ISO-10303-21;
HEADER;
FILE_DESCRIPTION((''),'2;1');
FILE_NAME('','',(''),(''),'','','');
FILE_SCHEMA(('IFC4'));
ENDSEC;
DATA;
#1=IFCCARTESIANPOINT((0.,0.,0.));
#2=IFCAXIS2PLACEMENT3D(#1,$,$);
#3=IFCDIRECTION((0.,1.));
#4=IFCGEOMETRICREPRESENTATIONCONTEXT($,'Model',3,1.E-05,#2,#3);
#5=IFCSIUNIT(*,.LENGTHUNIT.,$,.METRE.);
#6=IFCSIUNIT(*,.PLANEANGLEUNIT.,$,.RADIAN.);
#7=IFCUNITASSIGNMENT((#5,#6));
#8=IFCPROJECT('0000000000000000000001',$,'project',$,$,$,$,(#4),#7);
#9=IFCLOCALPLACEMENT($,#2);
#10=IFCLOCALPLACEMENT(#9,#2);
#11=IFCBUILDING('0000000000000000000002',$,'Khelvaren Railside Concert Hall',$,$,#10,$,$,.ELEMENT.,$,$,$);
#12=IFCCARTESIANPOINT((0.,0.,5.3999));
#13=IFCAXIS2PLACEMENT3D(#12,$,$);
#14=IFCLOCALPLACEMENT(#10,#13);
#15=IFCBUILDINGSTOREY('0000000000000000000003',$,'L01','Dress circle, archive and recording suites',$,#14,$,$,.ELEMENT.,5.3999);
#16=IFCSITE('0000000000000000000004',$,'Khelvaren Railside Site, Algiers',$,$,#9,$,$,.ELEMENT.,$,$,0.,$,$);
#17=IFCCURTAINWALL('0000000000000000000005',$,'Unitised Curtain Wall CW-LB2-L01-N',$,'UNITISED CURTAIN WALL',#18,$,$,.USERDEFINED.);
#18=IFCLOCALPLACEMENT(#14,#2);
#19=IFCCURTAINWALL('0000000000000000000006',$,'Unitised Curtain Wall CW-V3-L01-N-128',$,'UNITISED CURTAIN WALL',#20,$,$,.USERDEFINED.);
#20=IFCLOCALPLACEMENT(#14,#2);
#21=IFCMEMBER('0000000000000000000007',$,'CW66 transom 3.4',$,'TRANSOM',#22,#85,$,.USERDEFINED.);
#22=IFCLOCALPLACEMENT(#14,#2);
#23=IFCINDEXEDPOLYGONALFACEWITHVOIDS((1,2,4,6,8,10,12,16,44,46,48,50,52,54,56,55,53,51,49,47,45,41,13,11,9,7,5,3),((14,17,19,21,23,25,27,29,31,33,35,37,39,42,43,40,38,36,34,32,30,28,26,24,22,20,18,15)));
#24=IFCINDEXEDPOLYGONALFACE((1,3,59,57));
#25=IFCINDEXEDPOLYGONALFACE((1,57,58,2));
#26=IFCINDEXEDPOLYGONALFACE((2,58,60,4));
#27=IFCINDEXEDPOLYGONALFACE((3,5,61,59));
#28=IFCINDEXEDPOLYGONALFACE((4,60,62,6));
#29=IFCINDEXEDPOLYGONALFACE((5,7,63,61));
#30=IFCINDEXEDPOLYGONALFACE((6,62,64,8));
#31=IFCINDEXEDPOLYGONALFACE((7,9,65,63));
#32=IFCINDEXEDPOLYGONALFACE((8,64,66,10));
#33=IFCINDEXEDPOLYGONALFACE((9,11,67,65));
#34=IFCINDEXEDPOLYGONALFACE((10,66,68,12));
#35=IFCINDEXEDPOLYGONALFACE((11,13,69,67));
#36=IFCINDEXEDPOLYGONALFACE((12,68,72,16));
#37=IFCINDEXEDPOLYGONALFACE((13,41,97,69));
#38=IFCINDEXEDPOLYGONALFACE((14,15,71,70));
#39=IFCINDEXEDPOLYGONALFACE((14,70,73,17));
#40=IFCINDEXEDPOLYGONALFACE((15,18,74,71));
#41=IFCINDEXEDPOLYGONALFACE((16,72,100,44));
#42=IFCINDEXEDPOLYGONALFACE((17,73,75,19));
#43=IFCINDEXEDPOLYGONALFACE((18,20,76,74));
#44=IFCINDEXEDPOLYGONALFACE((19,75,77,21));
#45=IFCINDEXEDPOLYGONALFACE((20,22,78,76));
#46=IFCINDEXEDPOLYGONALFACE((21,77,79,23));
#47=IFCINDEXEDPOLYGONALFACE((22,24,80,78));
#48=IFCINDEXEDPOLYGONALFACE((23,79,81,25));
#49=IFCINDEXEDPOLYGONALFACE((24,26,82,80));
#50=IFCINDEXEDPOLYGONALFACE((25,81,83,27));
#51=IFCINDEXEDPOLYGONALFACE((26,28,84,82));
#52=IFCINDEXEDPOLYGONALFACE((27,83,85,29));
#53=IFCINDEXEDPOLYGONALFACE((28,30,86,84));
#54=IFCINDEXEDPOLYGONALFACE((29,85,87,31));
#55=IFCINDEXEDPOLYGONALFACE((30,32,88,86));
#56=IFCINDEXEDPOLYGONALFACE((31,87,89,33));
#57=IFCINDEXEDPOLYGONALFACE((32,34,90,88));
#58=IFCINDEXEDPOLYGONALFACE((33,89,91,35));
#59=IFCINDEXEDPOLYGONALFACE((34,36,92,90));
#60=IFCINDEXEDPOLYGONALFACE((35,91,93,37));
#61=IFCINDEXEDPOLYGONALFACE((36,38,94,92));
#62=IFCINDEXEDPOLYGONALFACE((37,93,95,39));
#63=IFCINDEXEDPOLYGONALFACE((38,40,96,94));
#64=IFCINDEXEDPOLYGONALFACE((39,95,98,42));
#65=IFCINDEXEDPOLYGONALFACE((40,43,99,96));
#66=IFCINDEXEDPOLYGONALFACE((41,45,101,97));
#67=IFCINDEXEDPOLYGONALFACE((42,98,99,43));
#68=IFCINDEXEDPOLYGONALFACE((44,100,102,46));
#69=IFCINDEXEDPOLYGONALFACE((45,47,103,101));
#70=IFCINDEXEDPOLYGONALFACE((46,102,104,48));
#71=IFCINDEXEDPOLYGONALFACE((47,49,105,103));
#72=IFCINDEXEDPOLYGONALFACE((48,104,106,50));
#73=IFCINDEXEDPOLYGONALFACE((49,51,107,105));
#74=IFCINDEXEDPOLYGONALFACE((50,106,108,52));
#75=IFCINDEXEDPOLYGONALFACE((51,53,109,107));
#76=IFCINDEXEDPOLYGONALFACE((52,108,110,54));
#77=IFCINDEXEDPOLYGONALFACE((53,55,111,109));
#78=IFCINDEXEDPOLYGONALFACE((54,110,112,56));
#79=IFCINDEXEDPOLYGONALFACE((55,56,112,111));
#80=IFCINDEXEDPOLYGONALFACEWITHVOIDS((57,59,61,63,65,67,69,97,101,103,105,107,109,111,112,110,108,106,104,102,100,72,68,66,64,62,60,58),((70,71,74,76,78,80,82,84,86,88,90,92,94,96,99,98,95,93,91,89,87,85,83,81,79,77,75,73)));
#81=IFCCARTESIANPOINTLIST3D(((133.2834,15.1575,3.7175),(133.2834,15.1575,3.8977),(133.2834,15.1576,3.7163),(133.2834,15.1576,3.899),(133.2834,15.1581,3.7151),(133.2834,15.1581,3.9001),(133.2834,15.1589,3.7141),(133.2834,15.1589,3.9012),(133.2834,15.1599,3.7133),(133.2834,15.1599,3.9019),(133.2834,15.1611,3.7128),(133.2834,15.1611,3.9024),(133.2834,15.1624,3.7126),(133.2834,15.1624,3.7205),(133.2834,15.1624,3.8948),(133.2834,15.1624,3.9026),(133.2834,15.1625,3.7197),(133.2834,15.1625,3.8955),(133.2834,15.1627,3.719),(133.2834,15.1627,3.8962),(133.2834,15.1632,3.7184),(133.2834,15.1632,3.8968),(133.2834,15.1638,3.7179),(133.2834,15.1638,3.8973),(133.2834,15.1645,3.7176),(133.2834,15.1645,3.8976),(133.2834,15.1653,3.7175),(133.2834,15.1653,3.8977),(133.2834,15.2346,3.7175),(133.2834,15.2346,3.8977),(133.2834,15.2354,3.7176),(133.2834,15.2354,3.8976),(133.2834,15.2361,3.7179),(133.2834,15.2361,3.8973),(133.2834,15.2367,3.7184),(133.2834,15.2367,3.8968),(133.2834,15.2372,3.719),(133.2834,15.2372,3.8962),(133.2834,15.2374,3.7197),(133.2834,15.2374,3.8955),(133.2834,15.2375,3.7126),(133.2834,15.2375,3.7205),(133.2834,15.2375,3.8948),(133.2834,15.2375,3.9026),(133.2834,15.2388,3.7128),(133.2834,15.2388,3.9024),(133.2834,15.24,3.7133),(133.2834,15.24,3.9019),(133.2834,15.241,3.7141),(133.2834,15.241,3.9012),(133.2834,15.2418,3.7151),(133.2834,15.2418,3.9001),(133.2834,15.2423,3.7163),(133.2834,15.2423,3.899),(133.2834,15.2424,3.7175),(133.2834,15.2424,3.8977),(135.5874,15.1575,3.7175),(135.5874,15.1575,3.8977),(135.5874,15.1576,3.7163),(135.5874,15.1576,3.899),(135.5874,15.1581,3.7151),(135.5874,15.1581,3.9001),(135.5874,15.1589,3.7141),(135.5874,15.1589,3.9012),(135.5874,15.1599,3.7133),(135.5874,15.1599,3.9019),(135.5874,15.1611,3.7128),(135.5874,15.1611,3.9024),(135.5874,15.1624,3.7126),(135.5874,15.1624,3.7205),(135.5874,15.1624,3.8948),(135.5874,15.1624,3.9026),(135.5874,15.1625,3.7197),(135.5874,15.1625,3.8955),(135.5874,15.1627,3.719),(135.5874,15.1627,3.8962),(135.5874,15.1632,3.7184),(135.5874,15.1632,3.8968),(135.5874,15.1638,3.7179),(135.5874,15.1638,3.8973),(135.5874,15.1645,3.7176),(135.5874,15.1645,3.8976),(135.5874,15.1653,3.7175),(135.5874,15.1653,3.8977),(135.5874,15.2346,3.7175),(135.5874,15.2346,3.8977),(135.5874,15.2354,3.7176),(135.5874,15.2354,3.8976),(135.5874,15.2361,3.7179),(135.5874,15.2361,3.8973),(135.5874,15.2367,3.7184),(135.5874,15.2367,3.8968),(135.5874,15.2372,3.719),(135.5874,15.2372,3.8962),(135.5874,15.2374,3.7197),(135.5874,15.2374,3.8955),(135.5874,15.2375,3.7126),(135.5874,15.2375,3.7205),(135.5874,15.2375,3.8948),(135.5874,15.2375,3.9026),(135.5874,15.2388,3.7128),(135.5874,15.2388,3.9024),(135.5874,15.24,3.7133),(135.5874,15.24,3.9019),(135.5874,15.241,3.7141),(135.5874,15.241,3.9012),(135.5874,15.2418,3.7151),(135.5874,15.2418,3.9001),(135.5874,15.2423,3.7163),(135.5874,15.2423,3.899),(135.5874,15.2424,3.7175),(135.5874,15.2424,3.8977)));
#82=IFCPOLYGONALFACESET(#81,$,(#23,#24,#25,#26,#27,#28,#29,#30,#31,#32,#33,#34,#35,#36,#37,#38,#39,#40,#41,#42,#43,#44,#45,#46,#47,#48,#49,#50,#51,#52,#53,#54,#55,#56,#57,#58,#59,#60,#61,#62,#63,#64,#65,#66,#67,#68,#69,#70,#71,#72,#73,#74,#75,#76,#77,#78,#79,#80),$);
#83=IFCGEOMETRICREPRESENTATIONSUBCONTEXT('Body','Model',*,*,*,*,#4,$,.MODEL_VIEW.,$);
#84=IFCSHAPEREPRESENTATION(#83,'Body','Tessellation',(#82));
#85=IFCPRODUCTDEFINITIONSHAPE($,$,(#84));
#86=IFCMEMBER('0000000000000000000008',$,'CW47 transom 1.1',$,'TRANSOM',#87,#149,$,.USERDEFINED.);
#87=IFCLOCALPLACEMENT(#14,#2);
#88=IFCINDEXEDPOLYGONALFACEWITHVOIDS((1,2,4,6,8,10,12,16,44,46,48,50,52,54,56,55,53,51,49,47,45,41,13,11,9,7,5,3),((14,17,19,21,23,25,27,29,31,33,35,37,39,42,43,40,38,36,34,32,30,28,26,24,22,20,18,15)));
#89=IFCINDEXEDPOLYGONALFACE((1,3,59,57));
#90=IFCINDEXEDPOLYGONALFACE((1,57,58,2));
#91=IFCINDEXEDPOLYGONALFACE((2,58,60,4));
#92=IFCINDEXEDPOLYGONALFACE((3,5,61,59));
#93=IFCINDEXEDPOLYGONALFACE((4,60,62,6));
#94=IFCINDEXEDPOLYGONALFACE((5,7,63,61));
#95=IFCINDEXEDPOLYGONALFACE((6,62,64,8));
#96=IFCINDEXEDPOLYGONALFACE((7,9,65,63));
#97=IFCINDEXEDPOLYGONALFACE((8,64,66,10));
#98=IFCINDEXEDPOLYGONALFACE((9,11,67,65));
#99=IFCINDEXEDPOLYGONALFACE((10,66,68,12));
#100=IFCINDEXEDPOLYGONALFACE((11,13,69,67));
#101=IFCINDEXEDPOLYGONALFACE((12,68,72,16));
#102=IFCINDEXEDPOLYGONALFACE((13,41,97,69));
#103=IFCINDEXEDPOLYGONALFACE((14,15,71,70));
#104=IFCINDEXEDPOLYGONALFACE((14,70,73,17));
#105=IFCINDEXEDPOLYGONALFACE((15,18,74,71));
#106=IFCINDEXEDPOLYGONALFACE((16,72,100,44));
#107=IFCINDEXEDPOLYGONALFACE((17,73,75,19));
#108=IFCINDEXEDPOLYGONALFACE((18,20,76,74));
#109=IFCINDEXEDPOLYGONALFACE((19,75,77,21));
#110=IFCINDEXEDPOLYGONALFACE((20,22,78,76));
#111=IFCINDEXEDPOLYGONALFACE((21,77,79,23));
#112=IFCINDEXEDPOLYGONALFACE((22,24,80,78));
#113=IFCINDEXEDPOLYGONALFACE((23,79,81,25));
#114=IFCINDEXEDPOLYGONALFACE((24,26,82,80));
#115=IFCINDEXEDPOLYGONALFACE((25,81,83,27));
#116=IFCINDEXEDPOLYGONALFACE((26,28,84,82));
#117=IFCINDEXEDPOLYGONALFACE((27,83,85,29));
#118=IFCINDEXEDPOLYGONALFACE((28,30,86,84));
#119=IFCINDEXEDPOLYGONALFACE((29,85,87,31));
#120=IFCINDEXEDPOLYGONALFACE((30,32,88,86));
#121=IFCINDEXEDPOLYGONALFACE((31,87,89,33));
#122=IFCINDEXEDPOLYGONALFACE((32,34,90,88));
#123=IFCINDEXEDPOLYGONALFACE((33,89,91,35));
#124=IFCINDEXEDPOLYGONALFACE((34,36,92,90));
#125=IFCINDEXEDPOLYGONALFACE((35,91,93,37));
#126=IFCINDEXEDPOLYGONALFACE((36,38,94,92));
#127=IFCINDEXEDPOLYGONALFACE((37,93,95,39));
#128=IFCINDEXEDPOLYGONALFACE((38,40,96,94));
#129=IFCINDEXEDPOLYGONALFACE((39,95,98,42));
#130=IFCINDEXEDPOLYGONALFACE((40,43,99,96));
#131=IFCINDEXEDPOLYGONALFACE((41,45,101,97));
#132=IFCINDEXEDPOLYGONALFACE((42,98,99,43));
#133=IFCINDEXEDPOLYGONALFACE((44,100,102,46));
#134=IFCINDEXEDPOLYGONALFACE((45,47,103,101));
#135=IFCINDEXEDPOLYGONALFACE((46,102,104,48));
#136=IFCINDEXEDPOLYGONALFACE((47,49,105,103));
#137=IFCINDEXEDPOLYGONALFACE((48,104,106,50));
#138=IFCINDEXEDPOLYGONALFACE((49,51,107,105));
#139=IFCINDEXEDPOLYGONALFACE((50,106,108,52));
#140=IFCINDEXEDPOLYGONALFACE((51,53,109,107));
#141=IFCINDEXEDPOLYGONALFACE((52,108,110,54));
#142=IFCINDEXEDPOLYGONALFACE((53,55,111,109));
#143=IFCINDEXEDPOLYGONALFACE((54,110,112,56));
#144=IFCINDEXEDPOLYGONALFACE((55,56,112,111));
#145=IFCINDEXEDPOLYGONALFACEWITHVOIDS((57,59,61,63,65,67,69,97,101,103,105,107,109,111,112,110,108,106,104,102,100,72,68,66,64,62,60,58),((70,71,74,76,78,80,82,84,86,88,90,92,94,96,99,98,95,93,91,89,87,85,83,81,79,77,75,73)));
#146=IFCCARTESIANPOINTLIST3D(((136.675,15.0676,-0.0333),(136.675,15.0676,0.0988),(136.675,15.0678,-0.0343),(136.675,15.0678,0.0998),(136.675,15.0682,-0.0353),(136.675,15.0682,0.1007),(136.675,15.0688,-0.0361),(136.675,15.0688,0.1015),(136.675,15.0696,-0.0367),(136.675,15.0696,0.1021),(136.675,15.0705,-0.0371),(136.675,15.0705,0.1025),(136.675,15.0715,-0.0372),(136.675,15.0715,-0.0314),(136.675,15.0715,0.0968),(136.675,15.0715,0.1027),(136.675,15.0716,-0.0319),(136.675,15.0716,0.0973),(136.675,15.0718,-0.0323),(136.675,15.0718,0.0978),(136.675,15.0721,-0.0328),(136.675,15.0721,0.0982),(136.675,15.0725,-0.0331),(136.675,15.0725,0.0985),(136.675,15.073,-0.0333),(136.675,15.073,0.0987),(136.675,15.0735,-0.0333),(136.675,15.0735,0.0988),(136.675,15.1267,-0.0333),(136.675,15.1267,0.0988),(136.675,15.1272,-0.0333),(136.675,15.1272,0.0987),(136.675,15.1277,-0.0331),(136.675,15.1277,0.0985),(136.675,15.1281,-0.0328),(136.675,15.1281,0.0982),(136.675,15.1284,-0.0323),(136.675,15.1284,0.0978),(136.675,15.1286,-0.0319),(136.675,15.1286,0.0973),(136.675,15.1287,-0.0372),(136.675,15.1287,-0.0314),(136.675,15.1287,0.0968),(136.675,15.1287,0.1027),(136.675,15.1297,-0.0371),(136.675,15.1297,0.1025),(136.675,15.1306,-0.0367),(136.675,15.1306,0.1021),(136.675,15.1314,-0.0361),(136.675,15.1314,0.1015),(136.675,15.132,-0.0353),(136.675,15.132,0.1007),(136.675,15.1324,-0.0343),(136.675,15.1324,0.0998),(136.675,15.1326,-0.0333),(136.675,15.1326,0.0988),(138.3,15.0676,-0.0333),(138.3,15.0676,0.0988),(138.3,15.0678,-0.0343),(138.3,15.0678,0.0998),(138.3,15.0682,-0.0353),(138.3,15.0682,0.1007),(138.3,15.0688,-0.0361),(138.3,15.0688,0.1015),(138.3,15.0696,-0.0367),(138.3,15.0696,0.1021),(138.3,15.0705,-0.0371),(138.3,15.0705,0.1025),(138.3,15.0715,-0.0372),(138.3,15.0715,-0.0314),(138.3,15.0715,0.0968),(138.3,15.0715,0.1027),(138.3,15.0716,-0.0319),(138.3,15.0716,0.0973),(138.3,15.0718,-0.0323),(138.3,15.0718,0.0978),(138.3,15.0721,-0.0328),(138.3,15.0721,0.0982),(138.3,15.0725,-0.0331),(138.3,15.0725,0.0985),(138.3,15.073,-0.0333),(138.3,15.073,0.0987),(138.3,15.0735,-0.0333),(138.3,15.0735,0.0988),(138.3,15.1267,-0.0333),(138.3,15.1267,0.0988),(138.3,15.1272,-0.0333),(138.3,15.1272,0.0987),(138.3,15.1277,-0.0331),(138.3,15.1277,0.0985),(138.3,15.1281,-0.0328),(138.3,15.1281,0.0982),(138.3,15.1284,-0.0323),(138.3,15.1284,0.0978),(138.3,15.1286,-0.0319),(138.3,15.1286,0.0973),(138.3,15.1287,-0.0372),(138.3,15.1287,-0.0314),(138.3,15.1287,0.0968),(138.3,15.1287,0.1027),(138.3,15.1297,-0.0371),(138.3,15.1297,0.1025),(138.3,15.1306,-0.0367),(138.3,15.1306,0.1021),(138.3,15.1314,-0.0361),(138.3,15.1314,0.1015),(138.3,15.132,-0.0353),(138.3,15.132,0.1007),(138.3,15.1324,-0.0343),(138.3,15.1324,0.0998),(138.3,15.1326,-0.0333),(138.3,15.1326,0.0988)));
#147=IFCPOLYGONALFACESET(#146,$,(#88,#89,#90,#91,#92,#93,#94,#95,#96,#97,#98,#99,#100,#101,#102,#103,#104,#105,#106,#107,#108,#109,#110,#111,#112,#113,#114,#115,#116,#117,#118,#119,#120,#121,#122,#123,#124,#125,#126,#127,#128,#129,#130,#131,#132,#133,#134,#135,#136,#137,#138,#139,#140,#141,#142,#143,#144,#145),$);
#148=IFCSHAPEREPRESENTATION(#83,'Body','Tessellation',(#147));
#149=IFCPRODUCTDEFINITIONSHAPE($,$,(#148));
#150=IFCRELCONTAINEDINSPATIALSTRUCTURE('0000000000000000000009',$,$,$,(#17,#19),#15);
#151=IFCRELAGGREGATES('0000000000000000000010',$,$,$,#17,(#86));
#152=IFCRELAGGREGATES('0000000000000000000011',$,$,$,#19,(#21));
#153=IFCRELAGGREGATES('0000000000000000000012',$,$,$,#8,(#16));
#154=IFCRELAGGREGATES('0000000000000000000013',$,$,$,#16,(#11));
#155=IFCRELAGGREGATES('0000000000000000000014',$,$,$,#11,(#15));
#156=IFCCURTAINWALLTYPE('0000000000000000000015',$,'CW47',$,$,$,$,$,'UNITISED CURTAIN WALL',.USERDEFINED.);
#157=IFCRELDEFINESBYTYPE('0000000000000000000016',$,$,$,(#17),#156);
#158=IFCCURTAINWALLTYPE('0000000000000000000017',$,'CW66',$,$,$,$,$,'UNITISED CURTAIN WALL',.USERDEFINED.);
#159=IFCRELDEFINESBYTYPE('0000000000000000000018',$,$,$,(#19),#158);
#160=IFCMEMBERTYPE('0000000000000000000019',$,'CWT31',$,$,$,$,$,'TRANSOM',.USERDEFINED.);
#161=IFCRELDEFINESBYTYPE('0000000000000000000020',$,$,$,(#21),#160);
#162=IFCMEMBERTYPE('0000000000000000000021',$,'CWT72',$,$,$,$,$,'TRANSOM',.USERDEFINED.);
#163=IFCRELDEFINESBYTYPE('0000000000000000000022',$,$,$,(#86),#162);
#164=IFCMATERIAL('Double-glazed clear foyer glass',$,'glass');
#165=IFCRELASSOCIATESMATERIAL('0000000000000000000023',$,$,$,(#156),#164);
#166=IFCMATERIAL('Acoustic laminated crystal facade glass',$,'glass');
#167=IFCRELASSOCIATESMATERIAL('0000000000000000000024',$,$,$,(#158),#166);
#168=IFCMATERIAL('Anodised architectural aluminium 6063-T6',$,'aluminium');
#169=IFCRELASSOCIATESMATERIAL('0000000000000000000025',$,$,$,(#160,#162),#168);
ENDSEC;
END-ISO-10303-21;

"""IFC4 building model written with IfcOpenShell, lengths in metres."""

from ifc_helpers import new_model, si_unit, direction, frame, origin, origin_2d, place, context, subcontext, project, spatial, hollow_rectangle, extrude, material, material_profile, profile_set, type_object, element, aggregate, save


model = new_model("IFC4")

# Units and contexts
model_context = context("Model", 3, precision=1e-05, world=origin(), true_north=direction((0.0, 1.0)))
body_context = subcontext(model_context, "Body", "Model", "MODEL_VIEW")
ifc_project = project(units=[si_unit("LENGTHUNIT", "METRE"), si_unit("PLANEANGLEUNIT", "RADIAN")], contexts=[model_context])

# Site, building, storey
site_placement = place(None, origin())
site = spatial("IfcSite", under=ifc_project, at=site_placement, Name="Khelvaren Railside Site, Algiers", CompositionType="ELEMENT", RefElevation=0.0)
building_placement = place(site_placement, origin())
building = spatial("IfcBuilding", under=site, at=building_placement, Name="Khelvaren Railside Concert Hall", CompositionType="ELEMENT")
storey_placement = place(building_placement, frame((0.0, 0.0, 5.3999)))
storey = spatial("IfcBuildingStorey", under=building, at=storey_placement, Name="L01", Description="Dress circle, archive and recording suites", CompositionType="ELEMENT", Elevation=5.3999)

# Curtain walls, member
ifc_material_1 = material(Name="Double-glazed clear foyer glass", Category="glass")
curtain_wall_type_1 = type_object("IfcCurtainWallType", Name="CW47", ElementType="UNITISED CURTAIN WALL", PredefinedType="USERDEFINED", material=ifc_material_1)
curtain_wall_1_placement = place(storey_placement, origin())
curtain_wall_1 = element("IfcCurtainWall", 1, at=curtain_wall_1_placement, inside=storey, type_object=curtain_wall_type_1, Name="Unitised Curtain Wall CW-LB2-L01-N", ObjectType="UNITISED CURTAIN WALL", PredefinedType="USERDEFINED")
ifc_material_2 = material(Name="Anodised architectural aluminium 6063-T6", Category="aluminium")
ifc_material_3 = material(Name="Acoustic laminated crystal facade glass", Category="glass")
curtain_wall_type_2 = type_object("IfcCurtainWallType", Name="CW66", ElementType="UNITISED CURTAIN WALL", PredefinedType="USERDEFINED", material=ifc_material_3)
curtain_wall_2_placement = place(storey_placement, origin())
curtain_wall_2 = element("IfcCurtainWall", 2, at=curtain_wall_2_placement, inside=storey, type_object=curtain_wall_type_2, Name="Unitised Curtain Wall CW-V3-L01-N-128", ObjectType="UNITISED CURTAIN WALL", PredefinedType="USERDEFINED")
ifc_material_profile_1 = material_profile(ifc_material_2, hollow_rectangle(XDim=0.085, YDim=0.1899, WallThickness=0.0049, InnerFilletRadius=0.0029, OuterFilletRadius=0.0049, at=origin_2d()), Name="CWT 85x190x5")
ifc_profile_set_1 = profile_set([ifc_material_profile_1], Name="Anodised architectural aluminium 6063-T6")
member_type_1 = type_object("IfcMemberType", Name="CWT31", ElementType="TRANSOM", PredefinedType="USERDEFINED", material=ifc_profile_set_1)
member_1_placement = place(storey_placement, frame((133.2834, 15.2, 3.8076), z_axis=(1.0, 0.0, 0.0), x_axis=(0.0, 1.0, 0.0)))
member_1 = element("IfcMember", 3, at=member_1_placement, type_object=member_type_1, Name="CW66 transom 3.4", ObjectType="TRANSOM", PredefinedType="USERDEFINED", context=body_context, shape_type="SweptSolid", body=[
    extrude(hollow_rectangle(XDim=0.085, YDim=0.1899, WallThickness=0.0049, InnerFilletRadius=0.0029, OuterFilletRadius=0.0049, at=origin_2d()), origin(), (0.0, 0.0, 1.0), 2.304),
])

# Member
ifc_material_profile_2 = material_profile(ifc_material_2, hollow_rectangle(XDim=0.0649, YDim=0.1399, WallThickness=0.0039, InnerFilletRadius=0.002, OuterFilletRadius=0.0039, at=origin_2d()), Name="CWT 65x140x4")
ifc_profile_set_2 = profile_set([ifc_material_profile_2], Name="Anodised architectural aluminium 6063-T6")
member_type_2 = type_object("IfcMemberType", Name="CWT72", ElementType="TRANSOM", PredefinedType="USERDEFINED", material=ifc_profile_set_2)
member_2_placement = place(storey_placement, frame((136.675, 15.1001, 0.0327), z_axis=(1.0, 0.0, 0.0), x_axis=(0.0, 1.0, 0.0)))
member_2 = element("IfcMember", 4, at=member_2_placement, type_object=member_type_2, Name="CW47 transom 1.1", ObjectType="TRANSOM", PredefinedType="USERDEFINED", context=body_context, shape_type="SweptSolid", body=[
    extrude(hollow_rectangle(XDim=0.0649, YDim=0.1399, WallThickness=0.0039, InnerFilletRadius=0.002, OuterFilletRadius=0.0039, at=origin_2d()), origin(), (0.0, 0.0, 1.0), 1.625),
])

aggregate(curtain_wall_1, [member_2])
aggregate(curtain_wall_2, [member_1])

save(model, "model.ifc")
